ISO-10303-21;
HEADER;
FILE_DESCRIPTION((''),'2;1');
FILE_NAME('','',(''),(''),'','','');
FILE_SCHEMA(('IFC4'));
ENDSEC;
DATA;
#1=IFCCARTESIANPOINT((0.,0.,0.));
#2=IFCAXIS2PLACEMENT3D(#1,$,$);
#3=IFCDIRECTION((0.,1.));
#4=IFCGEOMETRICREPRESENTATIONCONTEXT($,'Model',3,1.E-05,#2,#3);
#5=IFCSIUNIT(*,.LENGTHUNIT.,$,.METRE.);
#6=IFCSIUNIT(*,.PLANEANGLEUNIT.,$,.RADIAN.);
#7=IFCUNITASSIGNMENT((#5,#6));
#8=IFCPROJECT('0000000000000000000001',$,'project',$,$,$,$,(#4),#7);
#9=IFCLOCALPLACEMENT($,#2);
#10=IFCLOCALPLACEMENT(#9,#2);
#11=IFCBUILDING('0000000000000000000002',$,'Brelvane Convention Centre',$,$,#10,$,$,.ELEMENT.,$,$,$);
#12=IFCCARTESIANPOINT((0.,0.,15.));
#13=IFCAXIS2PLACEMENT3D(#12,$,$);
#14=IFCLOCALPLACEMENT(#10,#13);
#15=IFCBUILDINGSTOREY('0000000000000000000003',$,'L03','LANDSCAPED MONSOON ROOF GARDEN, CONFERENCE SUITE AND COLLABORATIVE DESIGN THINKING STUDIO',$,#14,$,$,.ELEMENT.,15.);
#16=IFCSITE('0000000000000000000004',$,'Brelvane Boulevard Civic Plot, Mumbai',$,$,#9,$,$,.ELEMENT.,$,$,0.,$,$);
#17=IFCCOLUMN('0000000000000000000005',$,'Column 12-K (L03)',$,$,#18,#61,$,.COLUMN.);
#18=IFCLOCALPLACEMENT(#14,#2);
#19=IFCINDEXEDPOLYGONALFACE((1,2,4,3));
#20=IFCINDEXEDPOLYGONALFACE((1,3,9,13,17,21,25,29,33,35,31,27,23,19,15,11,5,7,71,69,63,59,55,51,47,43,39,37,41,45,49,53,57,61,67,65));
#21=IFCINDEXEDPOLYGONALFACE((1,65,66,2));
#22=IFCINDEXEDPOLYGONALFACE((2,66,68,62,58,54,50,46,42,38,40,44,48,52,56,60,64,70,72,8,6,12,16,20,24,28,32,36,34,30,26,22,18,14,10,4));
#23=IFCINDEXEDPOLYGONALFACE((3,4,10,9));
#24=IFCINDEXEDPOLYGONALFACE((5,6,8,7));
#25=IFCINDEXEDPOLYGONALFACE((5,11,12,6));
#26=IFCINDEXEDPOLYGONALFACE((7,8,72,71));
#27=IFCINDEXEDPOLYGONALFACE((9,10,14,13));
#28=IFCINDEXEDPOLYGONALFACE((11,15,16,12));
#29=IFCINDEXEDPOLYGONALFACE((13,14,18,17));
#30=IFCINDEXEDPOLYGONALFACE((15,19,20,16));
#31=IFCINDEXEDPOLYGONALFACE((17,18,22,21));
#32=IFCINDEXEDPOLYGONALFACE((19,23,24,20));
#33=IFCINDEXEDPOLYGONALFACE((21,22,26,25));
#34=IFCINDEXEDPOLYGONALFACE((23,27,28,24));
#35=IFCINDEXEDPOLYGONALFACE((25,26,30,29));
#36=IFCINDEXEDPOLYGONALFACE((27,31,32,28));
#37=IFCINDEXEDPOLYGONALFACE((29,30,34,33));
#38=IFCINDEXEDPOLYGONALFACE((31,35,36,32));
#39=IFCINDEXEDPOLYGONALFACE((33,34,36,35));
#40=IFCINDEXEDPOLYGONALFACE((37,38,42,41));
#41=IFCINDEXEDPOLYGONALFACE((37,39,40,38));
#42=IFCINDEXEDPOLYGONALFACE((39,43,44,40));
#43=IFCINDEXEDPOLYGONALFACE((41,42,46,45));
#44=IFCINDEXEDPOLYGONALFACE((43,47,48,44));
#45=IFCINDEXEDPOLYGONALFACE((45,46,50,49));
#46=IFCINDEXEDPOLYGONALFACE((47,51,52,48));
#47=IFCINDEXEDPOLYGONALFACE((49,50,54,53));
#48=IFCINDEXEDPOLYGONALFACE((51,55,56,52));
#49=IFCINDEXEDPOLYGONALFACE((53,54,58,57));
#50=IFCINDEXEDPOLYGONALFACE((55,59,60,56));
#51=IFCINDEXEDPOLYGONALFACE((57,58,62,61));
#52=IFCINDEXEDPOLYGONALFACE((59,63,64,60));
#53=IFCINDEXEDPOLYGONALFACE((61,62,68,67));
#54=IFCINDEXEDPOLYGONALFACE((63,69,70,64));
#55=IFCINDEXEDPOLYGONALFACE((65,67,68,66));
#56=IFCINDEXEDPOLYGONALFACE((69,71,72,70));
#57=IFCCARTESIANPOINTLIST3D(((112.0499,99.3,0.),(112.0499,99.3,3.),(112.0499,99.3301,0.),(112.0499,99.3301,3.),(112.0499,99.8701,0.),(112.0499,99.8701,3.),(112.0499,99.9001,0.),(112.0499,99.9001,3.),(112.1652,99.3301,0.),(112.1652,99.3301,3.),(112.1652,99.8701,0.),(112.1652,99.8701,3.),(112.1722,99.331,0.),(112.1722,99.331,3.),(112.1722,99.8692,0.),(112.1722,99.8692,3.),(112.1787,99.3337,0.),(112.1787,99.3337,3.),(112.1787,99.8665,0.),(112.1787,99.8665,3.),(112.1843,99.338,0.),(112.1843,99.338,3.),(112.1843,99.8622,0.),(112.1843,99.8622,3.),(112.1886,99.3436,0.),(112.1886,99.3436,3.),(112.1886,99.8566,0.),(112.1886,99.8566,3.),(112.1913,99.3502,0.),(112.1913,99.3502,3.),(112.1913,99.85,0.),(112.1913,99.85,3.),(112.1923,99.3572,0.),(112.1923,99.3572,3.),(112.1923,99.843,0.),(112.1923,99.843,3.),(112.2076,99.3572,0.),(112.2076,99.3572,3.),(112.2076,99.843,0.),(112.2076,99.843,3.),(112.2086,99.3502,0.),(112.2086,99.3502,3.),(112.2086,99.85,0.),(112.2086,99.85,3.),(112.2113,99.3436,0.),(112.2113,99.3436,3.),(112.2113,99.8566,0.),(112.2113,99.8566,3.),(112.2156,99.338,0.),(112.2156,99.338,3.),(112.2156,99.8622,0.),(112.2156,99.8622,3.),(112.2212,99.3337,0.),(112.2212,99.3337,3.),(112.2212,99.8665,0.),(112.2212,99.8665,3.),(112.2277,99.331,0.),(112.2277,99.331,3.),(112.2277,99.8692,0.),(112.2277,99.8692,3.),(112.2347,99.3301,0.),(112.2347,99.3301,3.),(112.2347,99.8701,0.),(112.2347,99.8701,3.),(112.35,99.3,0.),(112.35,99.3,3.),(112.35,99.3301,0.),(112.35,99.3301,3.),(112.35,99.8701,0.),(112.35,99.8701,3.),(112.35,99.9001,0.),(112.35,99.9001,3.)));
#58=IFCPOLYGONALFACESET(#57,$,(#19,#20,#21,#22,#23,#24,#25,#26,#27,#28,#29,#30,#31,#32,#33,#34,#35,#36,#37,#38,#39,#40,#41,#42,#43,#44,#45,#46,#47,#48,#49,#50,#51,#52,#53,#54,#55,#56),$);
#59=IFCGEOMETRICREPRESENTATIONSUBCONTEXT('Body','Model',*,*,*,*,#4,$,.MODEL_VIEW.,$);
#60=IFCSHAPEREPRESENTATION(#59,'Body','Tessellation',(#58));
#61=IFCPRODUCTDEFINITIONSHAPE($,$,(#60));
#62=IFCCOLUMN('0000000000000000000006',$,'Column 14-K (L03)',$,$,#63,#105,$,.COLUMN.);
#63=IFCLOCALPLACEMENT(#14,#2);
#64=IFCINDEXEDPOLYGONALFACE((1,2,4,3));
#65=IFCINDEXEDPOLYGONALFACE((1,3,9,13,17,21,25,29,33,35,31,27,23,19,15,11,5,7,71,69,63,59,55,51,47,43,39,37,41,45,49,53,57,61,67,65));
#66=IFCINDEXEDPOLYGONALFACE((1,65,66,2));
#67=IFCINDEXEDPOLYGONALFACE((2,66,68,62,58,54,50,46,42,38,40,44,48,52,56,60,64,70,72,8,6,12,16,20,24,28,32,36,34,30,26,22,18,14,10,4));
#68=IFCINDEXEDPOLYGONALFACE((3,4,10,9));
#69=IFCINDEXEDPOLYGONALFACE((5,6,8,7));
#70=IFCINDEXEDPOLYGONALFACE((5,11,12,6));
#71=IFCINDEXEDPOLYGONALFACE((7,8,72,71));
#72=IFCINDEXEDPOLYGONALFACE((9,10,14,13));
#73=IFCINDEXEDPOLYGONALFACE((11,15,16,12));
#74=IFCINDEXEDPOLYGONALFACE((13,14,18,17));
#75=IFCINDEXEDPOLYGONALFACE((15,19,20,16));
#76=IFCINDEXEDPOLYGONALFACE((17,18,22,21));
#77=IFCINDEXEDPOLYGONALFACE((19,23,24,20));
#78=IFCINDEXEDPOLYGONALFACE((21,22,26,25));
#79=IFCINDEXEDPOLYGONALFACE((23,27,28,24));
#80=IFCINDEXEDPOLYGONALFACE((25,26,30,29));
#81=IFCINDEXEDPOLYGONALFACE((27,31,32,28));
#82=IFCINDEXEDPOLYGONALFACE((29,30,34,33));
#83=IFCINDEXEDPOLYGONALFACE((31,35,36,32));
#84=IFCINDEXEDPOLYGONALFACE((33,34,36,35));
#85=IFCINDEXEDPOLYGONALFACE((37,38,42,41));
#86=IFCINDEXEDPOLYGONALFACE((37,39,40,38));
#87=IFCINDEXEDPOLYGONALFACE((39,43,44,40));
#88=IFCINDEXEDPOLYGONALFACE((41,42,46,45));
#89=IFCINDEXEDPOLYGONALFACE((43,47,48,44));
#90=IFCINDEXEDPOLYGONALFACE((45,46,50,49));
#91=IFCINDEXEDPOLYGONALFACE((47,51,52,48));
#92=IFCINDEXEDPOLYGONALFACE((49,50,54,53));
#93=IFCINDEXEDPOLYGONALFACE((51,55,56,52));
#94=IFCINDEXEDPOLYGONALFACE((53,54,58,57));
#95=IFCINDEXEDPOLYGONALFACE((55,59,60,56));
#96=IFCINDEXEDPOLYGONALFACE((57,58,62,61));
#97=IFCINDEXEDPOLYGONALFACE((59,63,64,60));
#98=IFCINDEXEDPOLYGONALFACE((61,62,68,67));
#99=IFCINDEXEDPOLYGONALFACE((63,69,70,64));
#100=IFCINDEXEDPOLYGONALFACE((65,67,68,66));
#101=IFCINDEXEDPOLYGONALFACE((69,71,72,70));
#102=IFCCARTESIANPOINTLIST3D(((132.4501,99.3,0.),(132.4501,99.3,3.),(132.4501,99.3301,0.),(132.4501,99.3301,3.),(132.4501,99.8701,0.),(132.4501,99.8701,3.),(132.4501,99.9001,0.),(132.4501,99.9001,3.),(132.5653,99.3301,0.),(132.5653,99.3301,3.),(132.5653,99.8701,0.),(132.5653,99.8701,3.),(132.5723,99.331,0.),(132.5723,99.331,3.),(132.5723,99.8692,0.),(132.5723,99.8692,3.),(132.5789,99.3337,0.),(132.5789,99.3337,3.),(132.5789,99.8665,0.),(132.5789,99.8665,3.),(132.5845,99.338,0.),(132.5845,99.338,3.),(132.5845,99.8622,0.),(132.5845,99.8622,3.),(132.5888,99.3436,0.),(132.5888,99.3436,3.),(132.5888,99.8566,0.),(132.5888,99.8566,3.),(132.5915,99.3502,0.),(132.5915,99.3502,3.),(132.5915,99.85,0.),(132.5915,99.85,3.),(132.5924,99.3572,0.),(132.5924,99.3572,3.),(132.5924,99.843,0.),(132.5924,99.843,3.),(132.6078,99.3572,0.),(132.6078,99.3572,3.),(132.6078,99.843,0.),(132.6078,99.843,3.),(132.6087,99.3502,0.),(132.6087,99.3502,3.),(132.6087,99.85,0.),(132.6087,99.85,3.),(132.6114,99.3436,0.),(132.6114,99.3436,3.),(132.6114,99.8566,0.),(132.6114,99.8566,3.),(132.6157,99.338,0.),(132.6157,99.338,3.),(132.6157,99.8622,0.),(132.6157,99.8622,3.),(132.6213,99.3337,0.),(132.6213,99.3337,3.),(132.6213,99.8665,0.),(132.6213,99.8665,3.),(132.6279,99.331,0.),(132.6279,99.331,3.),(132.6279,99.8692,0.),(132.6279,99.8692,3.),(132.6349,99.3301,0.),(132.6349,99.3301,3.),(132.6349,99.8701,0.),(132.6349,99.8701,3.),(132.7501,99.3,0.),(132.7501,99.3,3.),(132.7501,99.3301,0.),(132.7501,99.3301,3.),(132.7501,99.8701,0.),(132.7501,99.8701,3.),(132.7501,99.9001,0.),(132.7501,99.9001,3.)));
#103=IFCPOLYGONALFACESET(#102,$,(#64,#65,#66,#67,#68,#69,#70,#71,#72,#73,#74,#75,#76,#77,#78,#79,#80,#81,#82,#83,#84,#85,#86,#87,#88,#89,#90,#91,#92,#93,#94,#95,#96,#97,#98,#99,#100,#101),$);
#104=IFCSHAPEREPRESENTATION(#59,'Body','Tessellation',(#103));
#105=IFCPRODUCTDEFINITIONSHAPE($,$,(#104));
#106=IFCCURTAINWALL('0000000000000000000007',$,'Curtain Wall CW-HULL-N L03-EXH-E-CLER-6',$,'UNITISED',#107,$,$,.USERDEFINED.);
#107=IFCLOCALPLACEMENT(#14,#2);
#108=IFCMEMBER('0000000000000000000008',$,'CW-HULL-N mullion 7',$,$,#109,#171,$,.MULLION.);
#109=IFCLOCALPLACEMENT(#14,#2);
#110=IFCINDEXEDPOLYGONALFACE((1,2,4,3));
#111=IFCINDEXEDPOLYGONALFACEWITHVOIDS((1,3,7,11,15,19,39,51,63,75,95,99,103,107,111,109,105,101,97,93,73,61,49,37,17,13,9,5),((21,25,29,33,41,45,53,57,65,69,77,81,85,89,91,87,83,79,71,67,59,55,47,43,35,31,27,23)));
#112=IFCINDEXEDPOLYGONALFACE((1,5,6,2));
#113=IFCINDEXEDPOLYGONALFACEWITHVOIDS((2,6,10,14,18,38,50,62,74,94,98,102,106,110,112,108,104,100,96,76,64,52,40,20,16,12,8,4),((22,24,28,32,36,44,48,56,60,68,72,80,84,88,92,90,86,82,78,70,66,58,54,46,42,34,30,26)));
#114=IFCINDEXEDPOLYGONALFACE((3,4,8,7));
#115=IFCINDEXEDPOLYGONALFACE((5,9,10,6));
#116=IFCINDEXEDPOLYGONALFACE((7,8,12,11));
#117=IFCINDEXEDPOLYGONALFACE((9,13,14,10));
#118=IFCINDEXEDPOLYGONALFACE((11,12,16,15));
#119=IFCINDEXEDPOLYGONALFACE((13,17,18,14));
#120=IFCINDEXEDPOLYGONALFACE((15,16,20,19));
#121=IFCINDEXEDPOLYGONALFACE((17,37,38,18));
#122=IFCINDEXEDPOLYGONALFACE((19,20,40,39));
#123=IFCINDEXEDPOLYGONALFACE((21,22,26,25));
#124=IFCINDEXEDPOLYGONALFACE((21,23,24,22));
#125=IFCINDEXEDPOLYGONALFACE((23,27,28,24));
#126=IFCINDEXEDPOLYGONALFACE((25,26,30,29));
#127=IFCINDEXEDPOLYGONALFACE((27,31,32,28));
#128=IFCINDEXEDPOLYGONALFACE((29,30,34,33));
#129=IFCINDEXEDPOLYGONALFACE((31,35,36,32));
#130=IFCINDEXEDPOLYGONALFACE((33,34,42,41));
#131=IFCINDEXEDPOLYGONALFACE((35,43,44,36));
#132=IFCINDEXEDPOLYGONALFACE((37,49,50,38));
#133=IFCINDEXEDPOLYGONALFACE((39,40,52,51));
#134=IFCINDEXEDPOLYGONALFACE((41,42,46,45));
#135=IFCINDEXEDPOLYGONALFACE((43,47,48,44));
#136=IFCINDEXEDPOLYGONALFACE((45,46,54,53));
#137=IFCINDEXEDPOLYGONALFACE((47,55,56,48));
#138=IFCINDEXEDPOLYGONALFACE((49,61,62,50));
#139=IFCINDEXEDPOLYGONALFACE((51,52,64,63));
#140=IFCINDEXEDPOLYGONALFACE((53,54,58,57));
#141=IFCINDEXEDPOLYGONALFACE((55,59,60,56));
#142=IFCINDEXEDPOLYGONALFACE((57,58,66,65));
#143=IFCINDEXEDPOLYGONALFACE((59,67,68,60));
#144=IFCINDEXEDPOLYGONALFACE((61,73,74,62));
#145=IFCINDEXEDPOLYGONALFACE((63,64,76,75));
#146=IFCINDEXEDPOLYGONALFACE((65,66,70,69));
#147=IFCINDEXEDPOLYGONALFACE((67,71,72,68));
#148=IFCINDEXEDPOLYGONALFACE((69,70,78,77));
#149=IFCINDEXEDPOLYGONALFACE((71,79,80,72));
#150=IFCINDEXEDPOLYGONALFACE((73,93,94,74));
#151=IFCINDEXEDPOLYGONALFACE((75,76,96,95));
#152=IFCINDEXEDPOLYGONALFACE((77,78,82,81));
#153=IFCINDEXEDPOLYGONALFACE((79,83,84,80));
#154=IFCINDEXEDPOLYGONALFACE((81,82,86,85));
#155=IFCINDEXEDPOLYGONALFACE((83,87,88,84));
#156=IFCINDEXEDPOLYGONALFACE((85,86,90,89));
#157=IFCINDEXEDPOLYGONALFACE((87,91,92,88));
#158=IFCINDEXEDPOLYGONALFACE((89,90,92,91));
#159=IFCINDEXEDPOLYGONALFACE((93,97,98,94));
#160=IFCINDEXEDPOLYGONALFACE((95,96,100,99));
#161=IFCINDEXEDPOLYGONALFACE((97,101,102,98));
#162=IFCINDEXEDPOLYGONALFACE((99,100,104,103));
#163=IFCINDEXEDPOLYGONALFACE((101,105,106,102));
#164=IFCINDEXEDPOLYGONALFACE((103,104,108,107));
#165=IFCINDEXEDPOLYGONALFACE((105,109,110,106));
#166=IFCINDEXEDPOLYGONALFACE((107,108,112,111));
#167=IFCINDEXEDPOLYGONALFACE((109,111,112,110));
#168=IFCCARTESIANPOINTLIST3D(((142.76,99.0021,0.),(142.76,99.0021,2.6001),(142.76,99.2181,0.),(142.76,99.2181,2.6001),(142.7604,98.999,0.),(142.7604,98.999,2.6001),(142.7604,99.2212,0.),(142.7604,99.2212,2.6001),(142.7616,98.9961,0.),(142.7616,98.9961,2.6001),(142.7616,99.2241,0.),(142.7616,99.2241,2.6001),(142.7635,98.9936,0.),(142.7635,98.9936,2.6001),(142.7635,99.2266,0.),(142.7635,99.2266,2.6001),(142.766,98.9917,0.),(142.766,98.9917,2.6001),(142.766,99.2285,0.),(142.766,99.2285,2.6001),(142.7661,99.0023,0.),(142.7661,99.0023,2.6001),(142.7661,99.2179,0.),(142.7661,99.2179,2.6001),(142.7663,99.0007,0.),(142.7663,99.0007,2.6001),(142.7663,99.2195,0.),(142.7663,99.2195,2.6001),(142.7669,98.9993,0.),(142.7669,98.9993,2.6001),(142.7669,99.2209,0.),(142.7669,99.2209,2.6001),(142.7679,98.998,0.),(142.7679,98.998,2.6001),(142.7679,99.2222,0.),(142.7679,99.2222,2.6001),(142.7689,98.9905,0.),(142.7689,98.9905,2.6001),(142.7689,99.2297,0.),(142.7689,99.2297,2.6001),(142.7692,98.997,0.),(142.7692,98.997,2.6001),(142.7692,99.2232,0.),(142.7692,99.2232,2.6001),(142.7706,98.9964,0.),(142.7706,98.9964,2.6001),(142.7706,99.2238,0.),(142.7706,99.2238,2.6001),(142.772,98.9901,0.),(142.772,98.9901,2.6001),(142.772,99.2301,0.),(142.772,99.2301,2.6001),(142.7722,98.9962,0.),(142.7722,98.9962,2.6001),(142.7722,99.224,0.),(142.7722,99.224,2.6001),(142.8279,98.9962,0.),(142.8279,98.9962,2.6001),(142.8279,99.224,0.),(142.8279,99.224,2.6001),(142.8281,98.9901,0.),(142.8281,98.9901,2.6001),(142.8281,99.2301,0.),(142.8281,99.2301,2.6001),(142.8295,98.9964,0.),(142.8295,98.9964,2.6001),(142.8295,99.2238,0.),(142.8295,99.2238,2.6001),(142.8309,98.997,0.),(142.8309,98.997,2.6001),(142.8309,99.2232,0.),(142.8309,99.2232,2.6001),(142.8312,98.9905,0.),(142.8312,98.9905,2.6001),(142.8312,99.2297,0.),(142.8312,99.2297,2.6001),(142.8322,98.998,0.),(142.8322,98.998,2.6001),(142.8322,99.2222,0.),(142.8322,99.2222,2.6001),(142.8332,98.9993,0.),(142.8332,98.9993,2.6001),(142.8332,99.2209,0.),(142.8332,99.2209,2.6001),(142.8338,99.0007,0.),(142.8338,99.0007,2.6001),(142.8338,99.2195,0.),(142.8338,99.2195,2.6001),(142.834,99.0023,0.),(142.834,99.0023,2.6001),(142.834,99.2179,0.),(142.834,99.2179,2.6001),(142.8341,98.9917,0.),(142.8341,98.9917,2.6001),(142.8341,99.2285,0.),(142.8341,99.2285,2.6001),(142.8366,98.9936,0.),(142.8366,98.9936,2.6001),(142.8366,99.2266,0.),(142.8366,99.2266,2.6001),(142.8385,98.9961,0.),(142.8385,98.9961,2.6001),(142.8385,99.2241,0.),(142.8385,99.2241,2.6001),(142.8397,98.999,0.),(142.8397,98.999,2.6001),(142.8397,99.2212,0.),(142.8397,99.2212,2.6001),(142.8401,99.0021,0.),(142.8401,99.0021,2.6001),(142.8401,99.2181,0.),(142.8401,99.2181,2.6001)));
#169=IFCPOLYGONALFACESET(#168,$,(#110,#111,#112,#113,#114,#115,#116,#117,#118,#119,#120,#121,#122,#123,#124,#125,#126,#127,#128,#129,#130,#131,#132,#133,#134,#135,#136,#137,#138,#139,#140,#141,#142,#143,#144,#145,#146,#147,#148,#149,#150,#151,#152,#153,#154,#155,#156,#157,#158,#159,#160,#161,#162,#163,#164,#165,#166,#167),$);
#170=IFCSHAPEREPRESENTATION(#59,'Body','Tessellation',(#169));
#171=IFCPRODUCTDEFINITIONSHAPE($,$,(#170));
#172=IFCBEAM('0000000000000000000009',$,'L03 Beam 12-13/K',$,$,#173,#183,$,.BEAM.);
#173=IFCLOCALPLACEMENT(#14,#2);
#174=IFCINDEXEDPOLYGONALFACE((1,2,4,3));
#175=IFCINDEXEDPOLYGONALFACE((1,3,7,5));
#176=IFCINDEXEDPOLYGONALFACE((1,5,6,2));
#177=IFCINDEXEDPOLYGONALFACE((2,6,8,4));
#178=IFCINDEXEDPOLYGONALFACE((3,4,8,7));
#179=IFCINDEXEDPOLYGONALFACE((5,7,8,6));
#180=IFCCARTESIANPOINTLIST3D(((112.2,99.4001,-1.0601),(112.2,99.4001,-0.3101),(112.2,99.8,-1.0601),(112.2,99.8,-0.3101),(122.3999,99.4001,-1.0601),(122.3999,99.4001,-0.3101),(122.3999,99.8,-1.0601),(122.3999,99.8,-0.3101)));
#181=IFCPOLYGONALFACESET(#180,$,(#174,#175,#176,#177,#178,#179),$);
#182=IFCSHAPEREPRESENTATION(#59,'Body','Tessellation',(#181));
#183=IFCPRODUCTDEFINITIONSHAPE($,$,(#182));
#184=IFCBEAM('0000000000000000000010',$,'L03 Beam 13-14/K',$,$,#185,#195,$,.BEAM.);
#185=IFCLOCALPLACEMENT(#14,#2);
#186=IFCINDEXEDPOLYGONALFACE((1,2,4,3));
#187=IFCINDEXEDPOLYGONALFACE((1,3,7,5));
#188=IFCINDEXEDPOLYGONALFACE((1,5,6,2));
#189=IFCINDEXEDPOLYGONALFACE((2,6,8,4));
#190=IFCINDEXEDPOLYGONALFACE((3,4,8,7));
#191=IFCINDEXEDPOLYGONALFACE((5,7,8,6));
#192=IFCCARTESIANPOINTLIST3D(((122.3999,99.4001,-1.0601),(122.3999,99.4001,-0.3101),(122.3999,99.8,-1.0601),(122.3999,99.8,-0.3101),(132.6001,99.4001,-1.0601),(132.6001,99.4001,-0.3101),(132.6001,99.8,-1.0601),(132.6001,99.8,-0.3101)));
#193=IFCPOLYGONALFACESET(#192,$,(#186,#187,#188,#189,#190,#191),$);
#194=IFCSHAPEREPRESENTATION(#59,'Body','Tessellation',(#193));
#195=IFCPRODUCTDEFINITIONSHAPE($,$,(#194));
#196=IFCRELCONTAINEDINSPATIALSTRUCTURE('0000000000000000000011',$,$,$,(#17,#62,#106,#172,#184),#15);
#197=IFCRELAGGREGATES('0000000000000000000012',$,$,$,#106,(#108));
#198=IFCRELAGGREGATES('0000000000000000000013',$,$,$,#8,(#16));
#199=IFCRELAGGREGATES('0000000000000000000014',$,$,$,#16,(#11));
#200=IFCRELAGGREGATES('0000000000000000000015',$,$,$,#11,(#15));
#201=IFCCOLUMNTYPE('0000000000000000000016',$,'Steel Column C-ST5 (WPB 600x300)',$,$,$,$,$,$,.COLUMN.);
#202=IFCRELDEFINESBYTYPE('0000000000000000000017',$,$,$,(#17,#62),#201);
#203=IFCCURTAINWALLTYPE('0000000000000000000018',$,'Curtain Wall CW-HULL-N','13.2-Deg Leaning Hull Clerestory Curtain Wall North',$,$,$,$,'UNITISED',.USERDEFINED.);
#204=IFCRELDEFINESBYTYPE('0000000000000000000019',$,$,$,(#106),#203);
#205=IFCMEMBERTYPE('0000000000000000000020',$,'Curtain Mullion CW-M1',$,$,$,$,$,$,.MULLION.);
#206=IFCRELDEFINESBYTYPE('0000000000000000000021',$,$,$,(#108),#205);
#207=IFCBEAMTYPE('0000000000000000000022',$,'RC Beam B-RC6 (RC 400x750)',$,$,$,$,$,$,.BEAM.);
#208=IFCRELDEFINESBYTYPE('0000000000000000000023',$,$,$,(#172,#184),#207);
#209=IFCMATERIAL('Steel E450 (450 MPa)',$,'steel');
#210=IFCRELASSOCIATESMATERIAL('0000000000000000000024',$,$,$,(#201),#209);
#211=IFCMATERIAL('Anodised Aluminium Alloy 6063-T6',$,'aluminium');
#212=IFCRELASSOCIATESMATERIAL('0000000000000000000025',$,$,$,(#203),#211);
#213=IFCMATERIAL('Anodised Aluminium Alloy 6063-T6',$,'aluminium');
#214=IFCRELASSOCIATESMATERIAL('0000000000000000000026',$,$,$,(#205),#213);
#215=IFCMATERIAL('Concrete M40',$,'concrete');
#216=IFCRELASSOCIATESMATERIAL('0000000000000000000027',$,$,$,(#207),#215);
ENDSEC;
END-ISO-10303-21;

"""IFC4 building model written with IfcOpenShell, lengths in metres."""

from ifc_helpers import new_model, si_unit, direction, frame, origin, origin_2d, place, context, subcontext, project, spatial, rectangle, hollow_rectangle, i_section, extrude, material, material_profile, profile_set, type_object, element, aggregate, save


model = new_model("IFC4")

# Units and contexts
model_context = context("Model", 3, precision=1e-05, world=origin(), true_north=direction((0.0, 1.0)))
body_context = subcontext(model_context, "Body", "Model", "MODEL_VIEW")
ifc_project = project(units=[si_unit("LENGTHUNIT", "METRE"), si_unit("PLANEANGLEUNIT", "RADIAN")], contexts=[model_context])

# Site, building, storey
site_placement = place(None, origin())
site = spatial("IfcSite", under=ifc_project, at=site_placement, Name="Brelvane Boulevard Civic Plot, Mumbai", CompositionType="ELEMENT", RefElevation=0.0)
building_placement = place(site_placement, origin())
building = spatial("IfcBuilding", under=site, at=building_placement, Name="Brelvane Convention Centre", CompositionType="ELEMENT")
storey_placement = place(building_placement, frame((0.0, 0.0, 15.0)))
storey = spatial("IfcBuildingStorey", under=building, at=storey_placement, Name="L03", Description="LANDSCAPED MONSOON ROOF GARDEN, CONFERENCE SUITE AND COLLABORATIVE DESIGN THINKING STUDIO", CompositionType="ELEMENT", Elevation=15.0)

# Columns
ifc_material_1 = material(Name="Steel E450 (450 MPa)", Category="steel")
ifc_material_profile_1 = material_profile(ifc_material_1, i_section(OverallWidth=0.3, OverallDepth=0.6001, WebThickness=0.0154, FlangeThickness=0.03, FilletRadius=0.0271, at=origin_2d()), Name="WPB 600x300")
ifc_profile_set_1 = profile_set([ifc_material_profile_1], Name="Steel E450 (450 MPa)")
column_type_1 = type_object("IfcColumnType", Name="Steel Column C-ST5 (WPB 600x300)", PredefinedType="COLUMN", material=ifc_profile_set_1)
for number, where, z_axis, x_axis, name in (
    (1, (112.2, 99.6001, 0.0), (0.0, 0.0, 1.0), (1.0, 0.0, 0.0), "Column 12-K (L03)"),
    (2, (132.6001, 99.6001, 0.0), (0.0, 0.0, 1.0), (1.0, 0.0, 0.0), "Column 14-K (L03)"),
):
    element("IfcColumn", number, at=place(storey_placement, frame(where, z_axis=z_axis, x_axis=x_axis)), inside=storey, type_object=column_type_1, Name=name, PredefinedType="COLUMN", context=body_context, shape_type="SweptSolid", body=[
        extrude(i_section(OverallWidth=0.3, OverallDepth=0.6001, WebThickness=0.0154, FlangeThickness=0.03, FilletRadius=0.0271, at=origin_2d()), origin(), (0.0, 0.0, 1.0), 3.0),
    ])

# Curtain wall, member
ifc_material_2 = material(Name="Anodised Aluminium Alloy 6063-T6", Category="aluminium")
curtain_wall_type = type_object("IfcCurtainWallType", Name="Curtain Wall CW-HULL-N", Description="13.2-Deg Leaning Hull Clerestory Curtain Wall North", ElementType="UNITISED", PredefinedType="USERDEFINED", material=ifc_material_2)
curtain_wall_placement = place(storey_placement, origin())
curtain_wall = element("IfcCurtainWall", 3, at=curtain_wall_placement, inside=storey, type_object=curtain_wall_type, Name="Curtain Wall CW-HULL-N L03-EXH-E-CLER-6", ObjectType="UNITISED", PredefinedType="USERDEFINED")
ifc_material_3 = material(Name="Anodised Aluminium Alloy 6063-T6", Category="aluminium")
ifc_material_profile_2 = material_profile(ifc_material_3, hollow_rectangle(XDim=0.0801, YDim=0.24, WallThickness=0.0061, InnerFilletRadius=0.0061, OuterFilletRadius=0.012, at=origin_2d()), Name="ALU-M 240x80x6.0")
ifc_profile_set_2 = profile_set([ifc_material_profile_2], Name="Anodised Aluminium Alloy 6063-T6")
member_type_1 = type_object("IfcMemberType", Name="Curtain Mullion CW-M1", PredefinedType="MULLION", material=ifc_profile_set_2)
member_1_placement = place(storey_placement, frame((142.8, 99.1101, 0.0), z_axis=(0.0, 0.0, 1.0), x_axis=(-1.0, 0.0, 0.0)))
member_1 = element("IfcMember", 4, at=member_1_placement, type_object=member_type_1, Name="CW-HULL-N mullion 7", PredefinedType="MULLION", context=body_context, shape_type="SweptSolid", body=[
    extrude(hollow_rectangle(XDim=0.0801, YDim=0.24, WallThickness=0.0061, InnerFilletRadius=0.0061, OuterFilletRadius=0.012, at=origin_2d()), origin(), (0.0, 0.0, 1.0), 2.6001),
])
aggregate(curtain_wall, [member_1])

# Beams
ifc_material_4 = material(Name="Concrete M40", Category="concrete")
ifc_material_profile_3 = material_profile(ifc_material_4, rectangle(XDim=0.3999, YDim=0.75, at=origin_2d()), Name="RC 400x750")
ifc_profile_set_3 = profile_set([ifc_material_profile_3], Name="Concrete M40")
beam_type_1 = type_object("IfcBeamType", Name="RC Beam B-RC6 (RC 400x750)", PredefinedType="BEAM", material=ifc_profile_set_3)
beam_1_placement = place(storey_placement, frame((112.2, 99.6001, -0.6851), z_axis=(1.0, 0.0, 0.0), x_axis=(0.0, 1.0, 0.0)))
element("IfcBeam", 5, at=beam_1_placement, inside=storey, type_object=beam_type_1, Name="L03 Beam 12-13/K", PredefinedType="BEAM", context=body_context, shape_type="SweptSolid", body=[
    extrude(rectangle(XDim=0.3999, YDim=0.75, at=origin_2d()), origin(), (0.0, 0.0, 1.0), 10.2),
])
beam_2_placement = place(storey_placement, frame((122.3999, 99.6001, -0.6851), z_axis=(1.0, 0.0, 0.0), x_axis=(0.0, 1.0, 0.0)))
element("IfcBeam", 6, at=beam_2_placement, inside=storey, type_object=beam_type_1, Name="L03 Beam 13-14/K", PredefinedType="BEAM", context=body_context, shape_type="SweptSolid", body=[
    extrude(rectangle(XDim=0.3999, YDim=0.75, at=origin_2d()), origin(), (0.0, 0.0, 1.0), 10.2002),
])

save(model, "model.ifc")
